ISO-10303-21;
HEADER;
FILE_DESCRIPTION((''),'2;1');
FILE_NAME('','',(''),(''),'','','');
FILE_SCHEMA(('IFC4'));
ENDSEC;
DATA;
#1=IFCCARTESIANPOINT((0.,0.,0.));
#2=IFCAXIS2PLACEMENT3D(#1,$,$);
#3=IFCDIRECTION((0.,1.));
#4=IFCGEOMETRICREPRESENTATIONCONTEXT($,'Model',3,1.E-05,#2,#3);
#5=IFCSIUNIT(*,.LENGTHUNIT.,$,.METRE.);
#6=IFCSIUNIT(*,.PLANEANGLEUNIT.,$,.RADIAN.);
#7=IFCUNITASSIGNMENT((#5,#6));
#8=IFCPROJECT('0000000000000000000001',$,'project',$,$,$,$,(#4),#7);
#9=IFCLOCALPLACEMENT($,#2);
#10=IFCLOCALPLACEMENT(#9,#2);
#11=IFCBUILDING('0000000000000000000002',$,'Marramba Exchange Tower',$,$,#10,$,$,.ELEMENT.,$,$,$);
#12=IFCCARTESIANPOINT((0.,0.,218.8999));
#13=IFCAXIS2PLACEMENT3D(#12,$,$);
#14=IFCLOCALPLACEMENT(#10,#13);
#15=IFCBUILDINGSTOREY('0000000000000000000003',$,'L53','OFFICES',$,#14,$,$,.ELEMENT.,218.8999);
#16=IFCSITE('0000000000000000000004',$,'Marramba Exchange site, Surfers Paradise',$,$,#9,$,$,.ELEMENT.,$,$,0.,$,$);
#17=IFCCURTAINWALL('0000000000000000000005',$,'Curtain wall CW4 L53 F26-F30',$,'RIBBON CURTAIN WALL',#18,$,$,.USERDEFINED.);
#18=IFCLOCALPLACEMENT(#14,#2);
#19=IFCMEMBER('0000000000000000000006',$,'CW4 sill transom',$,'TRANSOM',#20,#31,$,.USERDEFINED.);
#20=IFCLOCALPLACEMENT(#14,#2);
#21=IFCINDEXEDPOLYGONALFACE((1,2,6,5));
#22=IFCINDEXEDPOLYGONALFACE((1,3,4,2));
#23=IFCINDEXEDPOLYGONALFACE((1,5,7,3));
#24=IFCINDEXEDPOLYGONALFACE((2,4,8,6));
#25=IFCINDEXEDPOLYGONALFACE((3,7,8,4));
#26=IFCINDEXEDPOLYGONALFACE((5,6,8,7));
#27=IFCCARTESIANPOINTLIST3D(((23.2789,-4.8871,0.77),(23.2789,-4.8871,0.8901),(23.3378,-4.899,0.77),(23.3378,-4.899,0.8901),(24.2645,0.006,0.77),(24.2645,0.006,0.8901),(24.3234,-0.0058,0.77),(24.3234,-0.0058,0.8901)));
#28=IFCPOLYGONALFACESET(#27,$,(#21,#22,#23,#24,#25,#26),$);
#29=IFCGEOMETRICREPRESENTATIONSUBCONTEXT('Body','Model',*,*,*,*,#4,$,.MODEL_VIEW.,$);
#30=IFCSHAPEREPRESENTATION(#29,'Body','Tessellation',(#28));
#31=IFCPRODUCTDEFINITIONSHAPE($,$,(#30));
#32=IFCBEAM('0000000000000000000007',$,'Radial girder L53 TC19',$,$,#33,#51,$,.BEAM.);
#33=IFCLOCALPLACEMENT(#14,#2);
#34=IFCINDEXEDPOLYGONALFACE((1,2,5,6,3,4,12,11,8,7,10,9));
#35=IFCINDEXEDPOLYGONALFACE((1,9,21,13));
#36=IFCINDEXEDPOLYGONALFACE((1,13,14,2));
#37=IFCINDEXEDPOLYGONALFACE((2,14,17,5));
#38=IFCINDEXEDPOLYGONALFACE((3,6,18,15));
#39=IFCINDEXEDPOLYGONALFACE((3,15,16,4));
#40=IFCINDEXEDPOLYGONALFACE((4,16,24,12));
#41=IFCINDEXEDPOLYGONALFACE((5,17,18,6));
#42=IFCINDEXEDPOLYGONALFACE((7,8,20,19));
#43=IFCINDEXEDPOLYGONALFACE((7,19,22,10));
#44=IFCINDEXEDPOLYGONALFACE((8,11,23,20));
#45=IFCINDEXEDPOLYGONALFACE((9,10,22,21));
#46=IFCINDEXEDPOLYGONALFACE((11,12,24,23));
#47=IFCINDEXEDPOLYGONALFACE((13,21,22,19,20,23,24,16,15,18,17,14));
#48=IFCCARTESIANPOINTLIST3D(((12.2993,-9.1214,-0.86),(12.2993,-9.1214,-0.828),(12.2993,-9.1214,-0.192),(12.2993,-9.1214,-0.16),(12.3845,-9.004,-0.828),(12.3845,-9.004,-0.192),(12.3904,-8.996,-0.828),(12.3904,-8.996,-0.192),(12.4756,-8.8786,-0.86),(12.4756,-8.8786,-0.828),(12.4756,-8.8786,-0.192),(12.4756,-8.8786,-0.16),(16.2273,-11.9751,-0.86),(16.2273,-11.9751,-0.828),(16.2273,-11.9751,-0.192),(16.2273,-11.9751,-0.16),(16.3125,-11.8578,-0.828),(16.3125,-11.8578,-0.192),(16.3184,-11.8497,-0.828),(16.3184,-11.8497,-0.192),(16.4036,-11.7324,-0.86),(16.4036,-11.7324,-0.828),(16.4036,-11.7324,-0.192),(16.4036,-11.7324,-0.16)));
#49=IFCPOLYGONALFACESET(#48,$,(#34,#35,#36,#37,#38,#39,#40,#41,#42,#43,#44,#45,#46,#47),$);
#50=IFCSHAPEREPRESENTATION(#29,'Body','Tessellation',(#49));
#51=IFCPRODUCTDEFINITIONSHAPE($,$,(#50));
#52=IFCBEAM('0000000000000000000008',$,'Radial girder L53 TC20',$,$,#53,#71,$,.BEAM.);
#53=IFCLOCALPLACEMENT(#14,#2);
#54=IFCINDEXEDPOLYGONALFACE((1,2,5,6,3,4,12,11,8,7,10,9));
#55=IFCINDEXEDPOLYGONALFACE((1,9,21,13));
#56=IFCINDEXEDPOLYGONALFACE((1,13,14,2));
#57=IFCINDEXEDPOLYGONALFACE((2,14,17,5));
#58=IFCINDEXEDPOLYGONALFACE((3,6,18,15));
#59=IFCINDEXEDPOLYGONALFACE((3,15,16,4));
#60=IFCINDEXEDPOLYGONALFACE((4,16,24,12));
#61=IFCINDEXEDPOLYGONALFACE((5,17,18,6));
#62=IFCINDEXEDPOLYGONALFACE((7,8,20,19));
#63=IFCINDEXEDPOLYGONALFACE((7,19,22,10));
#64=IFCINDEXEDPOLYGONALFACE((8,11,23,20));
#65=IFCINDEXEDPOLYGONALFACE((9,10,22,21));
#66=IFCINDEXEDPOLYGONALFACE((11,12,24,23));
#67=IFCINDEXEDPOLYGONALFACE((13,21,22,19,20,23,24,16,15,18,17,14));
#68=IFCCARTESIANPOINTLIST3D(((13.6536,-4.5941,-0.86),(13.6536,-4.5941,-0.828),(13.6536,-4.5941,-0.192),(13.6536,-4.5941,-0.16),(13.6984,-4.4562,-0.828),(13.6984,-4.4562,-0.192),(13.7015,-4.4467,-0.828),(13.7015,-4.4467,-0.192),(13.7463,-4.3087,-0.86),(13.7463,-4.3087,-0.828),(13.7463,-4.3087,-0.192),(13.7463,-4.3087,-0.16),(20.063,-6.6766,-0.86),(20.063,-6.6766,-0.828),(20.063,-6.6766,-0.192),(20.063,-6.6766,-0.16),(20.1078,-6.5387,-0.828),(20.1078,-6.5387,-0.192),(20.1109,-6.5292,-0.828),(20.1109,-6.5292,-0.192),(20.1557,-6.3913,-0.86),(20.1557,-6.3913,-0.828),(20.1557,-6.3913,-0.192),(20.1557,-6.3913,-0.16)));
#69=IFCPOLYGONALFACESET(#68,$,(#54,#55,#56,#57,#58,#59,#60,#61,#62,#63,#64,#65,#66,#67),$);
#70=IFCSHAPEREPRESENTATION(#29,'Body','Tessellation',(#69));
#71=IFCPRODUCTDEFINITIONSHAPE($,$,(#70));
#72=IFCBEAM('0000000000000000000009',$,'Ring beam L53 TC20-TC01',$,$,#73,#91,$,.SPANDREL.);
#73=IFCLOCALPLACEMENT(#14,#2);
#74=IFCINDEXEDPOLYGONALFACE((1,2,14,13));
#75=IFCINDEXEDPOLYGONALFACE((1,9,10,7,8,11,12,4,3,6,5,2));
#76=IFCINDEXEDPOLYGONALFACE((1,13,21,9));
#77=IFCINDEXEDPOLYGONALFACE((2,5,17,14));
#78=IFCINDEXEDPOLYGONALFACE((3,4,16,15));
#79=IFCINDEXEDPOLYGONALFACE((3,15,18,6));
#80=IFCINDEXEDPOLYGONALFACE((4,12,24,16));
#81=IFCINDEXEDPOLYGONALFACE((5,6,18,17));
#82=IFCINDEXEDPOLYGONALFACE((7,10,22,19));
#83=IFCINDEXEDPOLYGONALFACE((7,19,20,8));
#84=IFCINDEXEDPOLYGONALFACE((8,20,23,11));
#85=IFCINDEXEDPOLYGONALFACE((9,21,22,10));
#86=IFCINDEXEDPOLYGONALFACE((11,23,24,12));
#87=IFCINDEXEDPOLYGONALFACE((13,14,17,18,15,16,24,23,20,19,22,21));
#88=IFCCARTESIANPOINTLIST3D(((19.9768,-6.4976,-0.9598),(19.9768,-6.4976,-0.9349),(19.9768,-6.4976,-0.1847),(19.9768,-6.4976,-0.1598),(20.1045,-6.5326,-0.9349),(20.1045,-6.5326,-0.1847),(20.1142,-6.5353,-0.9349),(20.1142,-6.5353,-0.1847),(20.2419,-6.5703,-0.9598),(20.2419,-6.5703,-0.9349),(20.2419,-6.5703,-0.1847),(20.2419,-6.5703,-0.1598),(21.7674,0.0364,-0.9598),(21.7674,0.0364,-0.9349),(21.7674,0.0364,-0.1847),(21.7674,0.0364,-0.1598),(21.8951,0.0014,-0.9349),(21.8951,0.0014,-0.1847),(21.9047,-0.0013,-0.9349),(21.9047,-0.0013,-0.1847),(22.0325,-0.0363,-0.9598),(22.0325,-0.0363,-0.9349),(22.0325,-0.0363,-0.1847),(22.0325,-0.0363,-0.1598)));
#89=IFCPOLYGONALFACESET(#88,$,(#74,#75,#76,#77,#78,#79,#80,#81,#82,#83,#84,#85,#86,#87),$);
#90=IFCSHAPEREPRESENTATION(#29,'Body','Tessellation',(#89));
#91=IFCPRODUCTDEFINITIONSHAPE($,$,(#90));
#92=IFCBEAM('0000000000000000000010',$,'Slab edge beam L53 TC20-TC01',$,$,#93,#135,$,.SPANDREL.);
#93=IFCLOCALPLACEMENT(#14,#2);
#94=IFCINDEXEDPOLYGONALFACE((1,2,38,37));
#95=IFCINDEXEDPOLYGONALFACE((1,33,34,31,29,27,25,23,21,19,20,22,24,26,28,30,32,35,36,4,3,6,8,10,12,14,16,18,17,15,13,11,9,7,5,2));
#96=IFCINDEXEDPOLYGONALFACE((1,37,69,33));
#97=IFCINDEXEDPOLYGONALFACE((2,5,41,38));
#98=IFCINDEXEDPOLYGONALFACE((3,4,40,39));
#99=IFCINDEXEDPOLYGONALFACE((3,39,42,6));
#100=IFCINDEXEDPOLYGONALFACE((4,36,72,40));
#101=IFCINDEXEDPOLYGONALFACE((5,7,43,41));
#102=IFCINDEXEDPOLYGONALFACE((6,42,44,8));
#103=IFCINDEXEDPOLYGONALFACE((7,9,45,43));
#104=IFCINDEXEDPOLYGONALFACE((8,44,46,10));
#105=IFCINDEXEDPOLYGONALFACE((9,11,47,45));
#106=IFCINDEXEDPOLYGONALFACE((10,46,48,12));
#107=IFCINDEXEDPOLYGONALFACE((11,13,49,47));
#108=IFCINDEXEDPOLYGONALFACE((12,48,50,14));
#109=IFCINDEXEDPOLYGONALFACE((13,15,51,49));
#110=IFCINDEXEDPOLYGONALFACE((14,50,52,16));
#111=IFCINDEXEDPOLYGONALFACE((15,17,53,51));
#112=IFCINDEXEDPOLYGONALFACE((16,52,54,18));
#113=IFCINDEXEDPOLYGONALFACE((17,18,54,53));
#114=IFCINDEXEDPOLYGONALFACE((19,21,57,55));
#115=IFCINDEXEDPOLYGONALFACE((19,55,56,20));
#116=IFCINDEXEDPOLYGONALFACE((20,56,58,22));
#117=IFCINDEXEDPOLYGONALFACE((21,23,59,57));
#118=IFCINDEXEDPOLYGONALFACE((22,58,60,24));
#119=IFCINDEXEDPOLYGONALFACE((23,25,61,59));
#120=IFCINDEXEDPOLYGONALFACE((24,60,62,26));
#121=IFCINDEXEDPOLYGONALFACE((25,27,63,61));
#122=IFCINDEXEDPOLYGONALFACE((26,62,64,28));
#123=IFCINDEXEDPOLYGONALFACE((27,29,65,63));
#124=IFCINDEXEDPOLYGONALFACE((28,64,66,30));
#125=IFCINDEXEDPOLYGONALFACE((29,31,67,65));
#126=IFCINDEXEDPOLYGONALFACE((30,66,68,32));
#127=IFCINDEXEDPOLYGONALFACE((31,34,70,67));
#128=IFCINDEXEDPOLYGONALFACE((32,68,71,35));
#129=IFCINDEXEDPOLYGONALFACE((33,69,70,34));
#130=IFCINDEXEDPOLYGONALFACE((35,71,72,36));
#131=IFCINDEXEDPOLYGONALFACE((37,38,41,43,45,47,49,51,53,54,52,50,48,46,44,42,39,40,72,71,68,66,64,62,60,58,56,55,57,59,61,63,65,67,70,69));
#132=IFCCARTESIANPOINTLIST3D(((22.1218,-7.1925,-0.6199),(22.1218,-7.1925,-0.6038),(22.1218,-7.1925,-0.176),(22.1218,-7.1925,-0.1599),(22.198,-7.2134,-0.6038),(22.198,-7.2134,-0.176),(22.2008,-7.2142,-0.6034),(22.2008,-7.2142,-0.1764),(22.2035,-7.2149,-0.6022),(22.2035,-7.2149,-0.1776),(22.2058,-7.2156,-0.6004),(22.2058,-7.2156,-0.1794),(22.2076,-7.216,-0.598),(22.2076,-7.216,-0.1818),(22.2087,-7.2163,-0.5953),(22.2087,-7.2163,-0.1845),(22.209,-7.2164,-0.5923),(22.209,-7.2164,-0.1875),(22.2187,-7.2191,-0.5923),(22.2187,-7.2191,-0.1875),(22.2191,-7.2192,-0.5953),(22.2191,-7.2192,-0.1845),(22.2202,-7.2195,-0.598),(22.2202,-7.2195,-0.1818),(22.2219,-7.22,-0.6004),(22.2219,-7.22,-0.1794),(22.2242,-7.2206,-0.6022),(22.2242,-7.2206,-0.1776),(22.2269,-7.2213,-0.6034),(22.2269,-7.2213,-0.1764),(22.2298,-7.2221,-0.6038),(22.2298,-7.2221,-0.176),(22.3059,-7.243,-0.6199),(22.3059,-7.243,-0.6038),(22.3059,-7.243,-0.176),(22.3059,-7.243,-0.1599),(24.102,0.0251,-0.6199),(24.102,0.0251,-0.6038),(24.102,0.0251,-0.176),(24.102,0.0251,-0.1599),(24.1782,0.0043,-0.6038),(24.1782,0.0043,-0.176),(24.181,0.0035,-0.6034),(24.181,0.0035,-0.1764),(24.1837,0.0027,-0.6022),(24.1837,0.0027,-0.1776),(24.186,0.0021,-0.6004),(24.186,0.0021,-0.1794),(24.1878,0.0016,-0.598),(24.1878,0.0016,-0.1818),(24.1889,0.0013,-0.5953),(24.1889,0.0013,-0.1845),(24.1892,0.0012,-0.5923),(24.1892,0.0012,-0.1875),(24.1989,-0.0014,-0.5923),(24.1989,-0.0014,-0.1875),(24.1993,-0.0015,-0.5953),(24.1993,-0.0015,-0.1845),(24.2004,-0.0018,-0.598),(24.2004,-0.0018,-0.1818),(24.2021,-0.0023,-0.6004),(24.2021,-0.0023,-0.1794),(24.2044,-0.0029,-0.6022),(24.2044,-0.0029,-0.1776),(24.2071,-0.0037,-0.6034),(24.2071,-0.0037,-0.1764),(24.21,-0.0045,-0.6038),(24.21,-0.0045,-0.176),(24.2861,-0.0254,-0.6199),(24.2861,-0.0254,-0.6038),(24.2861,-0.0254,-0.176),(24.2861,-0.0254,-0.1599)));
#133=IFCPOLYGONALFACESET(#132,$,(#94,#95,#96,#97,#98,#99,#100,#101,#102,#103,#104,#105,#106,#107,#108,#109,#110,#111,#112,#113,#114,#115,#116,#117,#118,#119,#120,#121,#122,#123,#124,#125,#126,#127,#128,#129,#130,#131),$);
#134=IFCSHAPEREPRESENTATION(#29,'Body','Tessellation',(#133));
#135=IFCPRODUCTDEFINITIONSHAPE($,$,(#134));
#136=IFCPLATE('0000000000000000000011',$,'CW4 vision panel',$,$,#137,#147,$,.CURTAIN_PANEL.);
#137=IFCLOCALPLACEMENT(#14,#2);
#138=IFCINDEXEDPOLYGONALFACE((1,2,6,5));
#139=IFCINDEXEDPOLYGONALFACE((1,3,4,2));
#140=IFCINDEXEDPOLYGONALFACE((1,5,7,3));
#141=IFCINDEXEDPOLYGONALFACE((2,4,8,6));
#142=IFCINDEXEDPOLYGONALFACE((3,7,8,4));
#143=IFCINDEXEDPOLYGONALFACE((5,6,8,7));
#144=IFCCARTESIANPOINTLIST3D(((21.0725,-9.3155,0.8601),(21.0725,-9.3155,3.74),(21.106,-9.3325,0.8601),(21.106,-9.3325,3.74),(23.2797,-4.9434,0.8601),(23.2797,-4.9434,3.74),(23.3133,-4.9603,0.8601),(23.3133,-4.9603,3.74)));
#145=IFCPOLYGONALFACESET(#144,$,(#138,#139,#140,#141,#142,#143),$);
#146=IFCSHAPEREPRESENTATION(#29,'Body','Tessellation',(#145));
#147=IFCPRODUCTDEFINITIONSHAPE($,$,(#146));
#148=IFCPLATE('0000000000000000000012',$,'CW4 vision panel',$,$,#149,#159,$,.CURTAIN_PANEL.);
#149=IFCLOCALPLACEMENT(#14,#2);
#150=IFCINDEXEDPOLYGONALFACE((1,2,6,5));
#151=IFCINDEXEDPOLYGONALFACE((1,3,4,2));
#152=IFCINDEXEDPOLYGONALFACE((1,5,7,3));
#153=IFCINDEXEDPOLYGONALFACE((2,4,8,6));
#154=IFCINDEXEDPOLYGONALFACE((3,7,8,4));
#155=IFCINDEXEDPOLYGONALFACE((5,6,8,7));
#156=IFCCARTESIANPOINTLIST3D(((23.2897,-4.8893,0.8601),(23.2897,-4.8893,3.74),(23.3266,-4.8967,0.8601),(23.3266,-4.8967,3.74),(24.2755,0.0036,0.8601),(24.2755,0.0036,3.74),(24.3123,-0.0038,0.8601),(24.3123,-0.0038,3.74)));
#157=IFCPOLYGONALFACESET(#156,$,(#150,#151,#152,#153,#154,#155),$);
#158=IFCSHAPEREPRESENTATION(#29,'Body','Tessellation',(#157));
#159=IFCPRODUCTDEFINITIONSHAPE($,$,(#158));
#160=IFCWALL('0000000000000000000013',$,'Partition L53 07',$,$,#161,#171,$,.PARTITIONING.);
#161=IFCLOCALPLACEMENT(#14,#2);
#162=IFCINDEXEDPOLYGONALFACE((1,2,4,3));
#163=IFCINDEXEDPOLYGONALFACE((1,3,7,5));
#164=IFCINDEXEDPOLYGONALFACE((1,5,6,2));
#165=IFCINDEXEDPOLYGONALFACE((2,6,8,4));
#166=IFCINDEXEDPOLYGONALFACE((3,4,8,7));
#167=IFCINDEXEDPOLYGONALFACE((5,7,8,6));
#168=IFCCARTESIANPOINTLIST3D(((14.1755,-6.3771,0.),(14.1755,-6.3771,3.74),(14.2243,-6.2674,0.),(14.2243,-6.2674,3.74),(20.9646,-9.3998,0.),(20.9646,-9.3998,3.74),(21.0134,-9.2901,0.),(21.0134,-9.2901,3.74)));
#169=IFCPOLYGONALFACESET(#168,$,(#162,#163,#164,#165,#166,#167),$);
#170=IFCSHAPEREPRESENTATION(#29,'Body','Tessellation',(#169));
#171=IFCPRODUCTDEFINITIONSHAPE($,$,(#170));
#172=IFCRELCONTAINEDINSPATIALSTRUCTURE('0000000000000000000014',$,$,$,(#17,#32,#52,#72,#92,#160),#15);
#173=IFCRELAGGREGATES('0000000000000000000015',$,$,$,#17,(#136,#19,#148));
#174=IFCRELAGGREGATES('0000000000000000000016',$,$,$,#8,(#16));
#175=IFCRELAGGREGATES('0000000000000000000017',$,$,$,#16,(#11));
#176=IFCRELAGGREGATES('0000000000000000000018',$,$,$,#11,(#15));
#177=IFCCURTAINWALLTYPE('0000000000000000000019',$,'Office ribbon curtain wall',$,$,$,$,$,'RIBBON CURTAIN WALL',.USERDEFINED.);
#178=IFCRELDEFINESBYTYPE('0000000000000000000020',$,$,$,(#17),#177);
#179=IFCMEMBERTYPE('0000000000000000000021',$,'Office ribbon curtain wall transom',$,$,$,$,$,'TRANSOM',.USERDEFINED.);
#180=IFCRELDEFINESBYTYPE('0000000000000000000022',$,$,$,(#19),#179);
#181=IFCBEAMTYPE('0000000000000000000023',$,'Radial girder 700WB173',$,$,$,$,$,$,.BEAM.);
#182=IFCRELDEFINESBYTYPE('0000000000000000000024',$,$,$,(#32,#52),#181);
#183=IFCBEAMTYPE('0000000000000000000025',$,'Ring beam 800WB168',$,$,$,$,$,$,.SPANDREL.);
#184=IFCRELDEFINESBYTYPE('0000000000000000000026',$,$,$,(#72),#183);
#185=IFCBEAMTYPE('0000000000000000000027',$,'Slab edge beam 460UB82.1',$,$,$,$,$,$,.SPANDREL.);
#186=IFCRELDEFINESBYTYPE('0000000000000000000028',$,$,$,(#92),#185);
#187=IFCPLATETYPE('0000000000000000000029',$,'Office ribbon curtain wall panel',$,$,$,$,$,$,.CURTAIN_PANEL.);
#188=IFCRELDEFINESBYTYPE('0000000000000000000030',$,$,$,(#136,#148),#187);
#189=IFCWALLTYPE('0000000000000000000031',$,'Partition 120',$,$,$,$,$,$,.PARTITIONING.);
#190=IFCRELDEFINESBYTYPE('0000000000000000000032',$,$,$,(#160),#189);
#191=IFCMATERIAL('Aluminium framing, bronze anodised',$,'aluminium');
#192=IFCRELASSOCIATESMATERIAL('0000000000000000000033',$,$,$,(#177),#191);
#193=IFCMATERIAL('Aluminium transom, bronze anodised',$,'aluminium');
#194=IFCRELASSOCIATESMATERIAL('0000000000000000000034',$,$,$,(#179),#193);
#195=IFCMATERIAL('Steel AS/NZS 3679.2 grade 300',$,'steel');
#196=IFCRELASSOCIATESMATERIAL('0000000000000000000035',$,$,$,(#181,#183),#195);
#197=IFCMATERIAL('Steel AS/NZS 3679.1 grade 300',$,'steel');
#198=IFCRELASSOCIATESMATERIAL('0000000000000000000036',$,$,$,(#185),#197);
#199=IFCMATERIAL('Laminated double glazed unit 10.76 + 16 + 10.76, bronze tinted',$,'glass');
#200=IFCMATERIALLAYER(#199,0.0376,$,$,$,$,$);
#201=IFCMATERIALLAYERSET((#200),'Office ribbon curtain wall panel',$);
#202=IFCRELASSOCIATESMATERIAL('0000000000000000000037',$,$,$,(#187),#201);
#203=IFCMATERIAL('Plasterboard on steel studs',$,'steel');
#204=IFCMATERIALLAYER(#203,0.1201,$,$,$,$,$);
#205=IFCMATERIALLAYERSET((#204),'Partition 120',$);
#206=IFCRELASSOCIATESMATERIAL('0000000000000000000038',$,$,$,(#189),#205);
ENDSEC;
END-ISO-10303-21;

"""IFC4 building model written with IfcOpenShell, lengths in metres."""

from ifc_helpers import new_model, si_unit, direction, frame, frame_2d, origin, origin_2d, place, context, subcontext, project, spatial, rectangle, i_section, extrude, material, layer, layer_set, material_profile, profile_set, type_object, element, aggregate, save


model = new_model("IFC4")

# Units and contexts
model_context = context("Model", 3, precision=1e-05, world=origin(), true_north=direction((0.0, 1.0)))
body_context = subcontext(model_context, "Body", "Model", "MODEL_VIEW")
ifc_project = project(units=[si_unit("LENGTHUNIT", "METRE"), si_unit("PLANEANGLEUNIT", "RADIAN")], contexts=[model_context])

# Site, building, storey
site_placement = place(None, origin())
site = spatial("IfcSite", under=ifc_project, at=site_placement, Name="Marramba Exchange site, Surfers Paradise", CompositionType="ELEMENT", RefElevation=0.0)
building_placement = place(site_placement, origin())
building = spatial("IfcBuilding", under=site, at=building_placement, Name="Marramba Exchange Tower", CompositionType="ELEMENT")
storey_placement = place(building_placement, frame((0.0, 0.0, 218.8999)))
storey = spatial("IfcBuildingStorey", under=building, at=storey_placement, Name="L53", Description="OFFICES", CompositionType="ELEMENT", Elevation=218.8999)

# Shared definitions
ifc_material_1 = material(Name="Steel AS/NZS 3679.2 grade 300", Category="steel")
ifc_material_2 = material(Name="Steel AS/NZS 3679.1 grade 300", Category="steel")

# Curtain wall, member
ifc_material_3 = material(Name="Aluminium framing, bronze anodised", Category="aluminium")
curtain_wall_type = type_object("IfcCurtainWallType", Name="Office ribbon curtain wall", ElementType="RIBBON CURTAIN WALL", PredefinedType="USERDEFINED", material=ifc_material_3)
curtain_wall_placement = place(storey_placement, origin())
curtain_wall = element("IfcCurtainWall", 1, at=curtain_wall_placement, inside=storey, type_object=curtain_wall_type, Name="Curtain wall CW4 L53 F26-F30", ObjectType="RIBBON CURTAIN WALL", PredefinedType="USERDEFINED")
ifc_material_4 = material(Name="Aluminium transom, bronze anodised", Category="aluminium")
ifc_material_profile_1 = material_profile(ifc_material_4, rectangle(XDim=0.0601, YDim=0.1201, at=origin_2d()), Name="CW4 transom 60x120")
ifc_profile_set_1 = profile_set([ifc_material_profile_1], Name="Aluminium transom, bronze anodised")
member_type_1 = type_object("IfcMemberType", Name="Office ribbon curtain wall transom", ElementType="TRANSOM", PredefinedType="USERDEFINED", material=ifc_profile_set_1)
member_1_placement = place(storey_placement, frame((23.3083, -4.8931, 0.8301), z_axis=(0.197461, 0.980311, 0.0), x_axis=(-0.980311, 0.197461, 0.0)))
member_1 = element("IfcMember", 2, at=member_1_placement, type_object=member_type_1, Name="CW4 sill transom", ObjectType="TRANSOM", PredefinedType="USERDEFINED", context=body_context, shape_type="SweptSolid", body=[
    extrude(rectangle(XDim=0.0601, YDim=0.1201, at=origin_2d()), origin(), (0.0, 0.0, 1.0), 4.9915),
])

# Beams
ifc_material_profile_2 = material_profile(ifc_material_1, i_section(OverallWidth=0.3, OverallDepth=0.7, WebThickness=0.01, FlangeThickness=0.032, at=origin_2d()), Name="700WB173")
ifc_profile_set_2 = profile_set([ifc_material_profile_2], Name="Steel AS/NZS 3679.2 grade 300")
beam_type_1 = type_object("IfcBeamType", Name="Radial girder 700WB173", PredefinedType="BEAM", material=ifc_profile_set_2)
beam_1_placement = place(storey_placement, frame((12.3875, -9.0, -0.51), z_axis=(0.809025, -0.587774, 0.0), x_axis=(0.587774, 0.809025, 0.0)))
element("IfcBeam", 3, at=beam_1_placement, inside=storey, type_object=beam_type_1, Name="Radial girder L53 TC19", PredefinedType="BEAM", context=body_context, shape_type="SweptSolid", body=[
    extrude(i_section(OverallWidth=0.3, OverallDepth=0.7, WebThickness=0.01, FlangeThickness=0.032, at=origin_2d()), origin(), (0.0, 0.0, 1.0), 4.8552),
])
beam_2_placement = place(storey_placement, frame((13.7, -4.4514, -0.51), z_axis=(0.951058, -0.309013, 0.0), x_axis=(0.309013, 0.951058, 0.0)))
element("IfcBeam", 4, at=beam_2_placement, inside=storey, type_object=beam_type_1, Name="Radial girder L53 TC20", PredefinedType="BEAM", context=body_context, shape_type="SweptSolid", body=[
    extrude(i_section(OverallWidth=0.3, OverallDepth=0.7, WebThickness=0.01, FlangeThickness=0.032, at=origin_2d()), origin(), (0.0, 0.0, 1.0), 6.7393),
])
ifc_material_profile_3 = material_profile(ifc_material_1, i_section(OverallWidth=0.2749, OverallDepth=0.8, WebThickness=0.01, FlangeThickness=0.0249, at=origin_2d()), Name="800WB168")
ifc_profile_set_3 = profile_set([ifc_material_profile_3], Name="Steel AS/NZS 3679.2 grade 300")
beam_type_2 = type_object("IfcBeamType", Name="Ring beam 800WB168", PredefinedType="SPANDREL", material=ifc_profile_set_3)
beam_3_placement = place(storey_placement, frame((20.1094, -6.5339, -0.5598), z_axis=(0.264291, 0.964443, 0.0), x_axis=(-0.964443, 0.264291, 0.0)))
element("IfcBeam", 5, at=beam_3_placement, inside=storey, type_object=beam_type_2, Name="Ring beam L53 TC20-TC01", PredefinedType="SPANDREL", context=body_context, shape_type="SweptSolid", body=[
    extrude(i_section(OverallWidth=0.2749, OverallDepth=0.8, WebThickness=0.01, FlangeThickness=0.0249, at=origin_2d()), origin(), (0.0, 0.0, 1.0), 6.7749),
])
ifc_material_profile_4 = material_profile(ifc_material_2, i_section(OverallWidth=0.1909, OverallDepth=0.46, WebThickness=0.01, FlangeThickness=0.0161, FilletRadius=0.0115, at=origin_2d()), Name="460UB82.1")
ifc_profile_set_4 = profile_set([ifc_material_profile_4], Name="Steel AS/NZS 3679.1 grade 300")
beam_type_3 = type_object("IfcBeamType", Name="Slab edge beam 460UB82.1", PredefinedType="SPANDREL", material=ifc_profile_set_4)
beam_4_placement = place(storey_placement, frame((22.2139, -7.2178, -0.3899), z_axis=(0.264577, 0.964365, 0.0), x_axis=(-0.964365, 0.264577, 0.0)))
element("IfcBeam", 6, at=beam_4_placement, inside=storey, type_object=beam_type_3, Name="Slab edge beam L53 TC20-TC01", PredefinedType="SPANDREL", context=body_context, shape_type="SweptSolid", body=[
    extrude(i_section(OverallWidth=0.1909, OverallDepth=0.46, WebThickness=0.01, FlangeThickness=0.0161, FilletRadius=0.0115, at=origin_2d()), origin(), (0.0, 0.0, 1.0), 7.4844),
])

# Plates
ifc_material_5 = material(Name="Laminated double glazed unit 10.76 + 16 + 10.76, bronze tinted", Category="glass")
ifc_layer_1 = layer(ifc_material_5, 0.0376)
ifc_layer_set_1 = layer_set([ifc_layer_1], Name="Office ribbon curtain wall panel")
plate_type = type_object("IfcPlateType", Name="Office ribbon curtain wall panel", PredefinedType="CURTAIN_PANEL", material=ifc_layer_set_1)
plate_1_placement = place(storey_placement, frame((22.1929, -7.1379, 0.8601), z_axis=(0.0, 0.0, 1.0), x_axis=(0.450673, 0.892689, 0.0)))
plate_1 = element("IfcPlate", 7, at=plate_1_placement, type_object=plate_type, Name="CW4 vision panel", PredefinedType="CURTAIN_PANEL", context=body_context, shape_type="SweptSolid", body=[
    extrude(rectangle(XDim=4.8977, YDim=0.0376, at=origin_2d()), origin(), (0.0, 0.0, 1.0), 2.8799),
])
plate_2_placement = place(storey_placement, frame((23.801, -2.4465, 0.8601), z_axis=(0.0, 0.0, 1.0), x_axis=(0.197495, 0.980304, 0.0)))
plate_2 = element("IfcPlate", 8, at=plate_2_placement, type_object=plate_type, Name="CW4 vision panel", PredefinedType="CURTAIN_PANEL", context=body_context, shape_type="SweptSolid", body=[
    extrude(rectangle(XDim=4.9912, YDim=0.0376, at=origin_2d()), origin(), (0.0, 0.0, 1.0), 2.8799),
])
aggregate(curtain_wall, [plate_1, member_1, plate_2])

# Wall
ifc_material_6 = material(Name="Plasterboard on steel studs", Category="steel")
ifc_layer_2 = layer(ifc_material_6, 0.1201)
ifc_layer_set_2 = layer_set([ifc_layer_2], Name="Partition 120")
wall_type_1 = type_object("IfcWallType", Name="Partition 120", PredefinedType="PARTITIONING", material=ifc_layer_set_2)
wall_1_placement = place(storey_placement, frame((20.989, -9.345, 0.0), z_axis=(0.0, 0.0, 1.0), x_axis=(-0.913544, 0.406739, 0.0)))
element("IfcWall", 9, at=wall_1_placement, inside=storey, type_object=wall_type_1, Name="Partition L53 07", PredefinedType="PARTITIONING", context=body_context, shape_type="SweptSolid", body=[
    extrude(rectangle(XDim=7.4316, YDim=0.1201, at=frame_2d((3.7158, 0.0))), origin(), (0.0, 0.0, 1.0), 3.74),
])

save(model, "model.ifc")
